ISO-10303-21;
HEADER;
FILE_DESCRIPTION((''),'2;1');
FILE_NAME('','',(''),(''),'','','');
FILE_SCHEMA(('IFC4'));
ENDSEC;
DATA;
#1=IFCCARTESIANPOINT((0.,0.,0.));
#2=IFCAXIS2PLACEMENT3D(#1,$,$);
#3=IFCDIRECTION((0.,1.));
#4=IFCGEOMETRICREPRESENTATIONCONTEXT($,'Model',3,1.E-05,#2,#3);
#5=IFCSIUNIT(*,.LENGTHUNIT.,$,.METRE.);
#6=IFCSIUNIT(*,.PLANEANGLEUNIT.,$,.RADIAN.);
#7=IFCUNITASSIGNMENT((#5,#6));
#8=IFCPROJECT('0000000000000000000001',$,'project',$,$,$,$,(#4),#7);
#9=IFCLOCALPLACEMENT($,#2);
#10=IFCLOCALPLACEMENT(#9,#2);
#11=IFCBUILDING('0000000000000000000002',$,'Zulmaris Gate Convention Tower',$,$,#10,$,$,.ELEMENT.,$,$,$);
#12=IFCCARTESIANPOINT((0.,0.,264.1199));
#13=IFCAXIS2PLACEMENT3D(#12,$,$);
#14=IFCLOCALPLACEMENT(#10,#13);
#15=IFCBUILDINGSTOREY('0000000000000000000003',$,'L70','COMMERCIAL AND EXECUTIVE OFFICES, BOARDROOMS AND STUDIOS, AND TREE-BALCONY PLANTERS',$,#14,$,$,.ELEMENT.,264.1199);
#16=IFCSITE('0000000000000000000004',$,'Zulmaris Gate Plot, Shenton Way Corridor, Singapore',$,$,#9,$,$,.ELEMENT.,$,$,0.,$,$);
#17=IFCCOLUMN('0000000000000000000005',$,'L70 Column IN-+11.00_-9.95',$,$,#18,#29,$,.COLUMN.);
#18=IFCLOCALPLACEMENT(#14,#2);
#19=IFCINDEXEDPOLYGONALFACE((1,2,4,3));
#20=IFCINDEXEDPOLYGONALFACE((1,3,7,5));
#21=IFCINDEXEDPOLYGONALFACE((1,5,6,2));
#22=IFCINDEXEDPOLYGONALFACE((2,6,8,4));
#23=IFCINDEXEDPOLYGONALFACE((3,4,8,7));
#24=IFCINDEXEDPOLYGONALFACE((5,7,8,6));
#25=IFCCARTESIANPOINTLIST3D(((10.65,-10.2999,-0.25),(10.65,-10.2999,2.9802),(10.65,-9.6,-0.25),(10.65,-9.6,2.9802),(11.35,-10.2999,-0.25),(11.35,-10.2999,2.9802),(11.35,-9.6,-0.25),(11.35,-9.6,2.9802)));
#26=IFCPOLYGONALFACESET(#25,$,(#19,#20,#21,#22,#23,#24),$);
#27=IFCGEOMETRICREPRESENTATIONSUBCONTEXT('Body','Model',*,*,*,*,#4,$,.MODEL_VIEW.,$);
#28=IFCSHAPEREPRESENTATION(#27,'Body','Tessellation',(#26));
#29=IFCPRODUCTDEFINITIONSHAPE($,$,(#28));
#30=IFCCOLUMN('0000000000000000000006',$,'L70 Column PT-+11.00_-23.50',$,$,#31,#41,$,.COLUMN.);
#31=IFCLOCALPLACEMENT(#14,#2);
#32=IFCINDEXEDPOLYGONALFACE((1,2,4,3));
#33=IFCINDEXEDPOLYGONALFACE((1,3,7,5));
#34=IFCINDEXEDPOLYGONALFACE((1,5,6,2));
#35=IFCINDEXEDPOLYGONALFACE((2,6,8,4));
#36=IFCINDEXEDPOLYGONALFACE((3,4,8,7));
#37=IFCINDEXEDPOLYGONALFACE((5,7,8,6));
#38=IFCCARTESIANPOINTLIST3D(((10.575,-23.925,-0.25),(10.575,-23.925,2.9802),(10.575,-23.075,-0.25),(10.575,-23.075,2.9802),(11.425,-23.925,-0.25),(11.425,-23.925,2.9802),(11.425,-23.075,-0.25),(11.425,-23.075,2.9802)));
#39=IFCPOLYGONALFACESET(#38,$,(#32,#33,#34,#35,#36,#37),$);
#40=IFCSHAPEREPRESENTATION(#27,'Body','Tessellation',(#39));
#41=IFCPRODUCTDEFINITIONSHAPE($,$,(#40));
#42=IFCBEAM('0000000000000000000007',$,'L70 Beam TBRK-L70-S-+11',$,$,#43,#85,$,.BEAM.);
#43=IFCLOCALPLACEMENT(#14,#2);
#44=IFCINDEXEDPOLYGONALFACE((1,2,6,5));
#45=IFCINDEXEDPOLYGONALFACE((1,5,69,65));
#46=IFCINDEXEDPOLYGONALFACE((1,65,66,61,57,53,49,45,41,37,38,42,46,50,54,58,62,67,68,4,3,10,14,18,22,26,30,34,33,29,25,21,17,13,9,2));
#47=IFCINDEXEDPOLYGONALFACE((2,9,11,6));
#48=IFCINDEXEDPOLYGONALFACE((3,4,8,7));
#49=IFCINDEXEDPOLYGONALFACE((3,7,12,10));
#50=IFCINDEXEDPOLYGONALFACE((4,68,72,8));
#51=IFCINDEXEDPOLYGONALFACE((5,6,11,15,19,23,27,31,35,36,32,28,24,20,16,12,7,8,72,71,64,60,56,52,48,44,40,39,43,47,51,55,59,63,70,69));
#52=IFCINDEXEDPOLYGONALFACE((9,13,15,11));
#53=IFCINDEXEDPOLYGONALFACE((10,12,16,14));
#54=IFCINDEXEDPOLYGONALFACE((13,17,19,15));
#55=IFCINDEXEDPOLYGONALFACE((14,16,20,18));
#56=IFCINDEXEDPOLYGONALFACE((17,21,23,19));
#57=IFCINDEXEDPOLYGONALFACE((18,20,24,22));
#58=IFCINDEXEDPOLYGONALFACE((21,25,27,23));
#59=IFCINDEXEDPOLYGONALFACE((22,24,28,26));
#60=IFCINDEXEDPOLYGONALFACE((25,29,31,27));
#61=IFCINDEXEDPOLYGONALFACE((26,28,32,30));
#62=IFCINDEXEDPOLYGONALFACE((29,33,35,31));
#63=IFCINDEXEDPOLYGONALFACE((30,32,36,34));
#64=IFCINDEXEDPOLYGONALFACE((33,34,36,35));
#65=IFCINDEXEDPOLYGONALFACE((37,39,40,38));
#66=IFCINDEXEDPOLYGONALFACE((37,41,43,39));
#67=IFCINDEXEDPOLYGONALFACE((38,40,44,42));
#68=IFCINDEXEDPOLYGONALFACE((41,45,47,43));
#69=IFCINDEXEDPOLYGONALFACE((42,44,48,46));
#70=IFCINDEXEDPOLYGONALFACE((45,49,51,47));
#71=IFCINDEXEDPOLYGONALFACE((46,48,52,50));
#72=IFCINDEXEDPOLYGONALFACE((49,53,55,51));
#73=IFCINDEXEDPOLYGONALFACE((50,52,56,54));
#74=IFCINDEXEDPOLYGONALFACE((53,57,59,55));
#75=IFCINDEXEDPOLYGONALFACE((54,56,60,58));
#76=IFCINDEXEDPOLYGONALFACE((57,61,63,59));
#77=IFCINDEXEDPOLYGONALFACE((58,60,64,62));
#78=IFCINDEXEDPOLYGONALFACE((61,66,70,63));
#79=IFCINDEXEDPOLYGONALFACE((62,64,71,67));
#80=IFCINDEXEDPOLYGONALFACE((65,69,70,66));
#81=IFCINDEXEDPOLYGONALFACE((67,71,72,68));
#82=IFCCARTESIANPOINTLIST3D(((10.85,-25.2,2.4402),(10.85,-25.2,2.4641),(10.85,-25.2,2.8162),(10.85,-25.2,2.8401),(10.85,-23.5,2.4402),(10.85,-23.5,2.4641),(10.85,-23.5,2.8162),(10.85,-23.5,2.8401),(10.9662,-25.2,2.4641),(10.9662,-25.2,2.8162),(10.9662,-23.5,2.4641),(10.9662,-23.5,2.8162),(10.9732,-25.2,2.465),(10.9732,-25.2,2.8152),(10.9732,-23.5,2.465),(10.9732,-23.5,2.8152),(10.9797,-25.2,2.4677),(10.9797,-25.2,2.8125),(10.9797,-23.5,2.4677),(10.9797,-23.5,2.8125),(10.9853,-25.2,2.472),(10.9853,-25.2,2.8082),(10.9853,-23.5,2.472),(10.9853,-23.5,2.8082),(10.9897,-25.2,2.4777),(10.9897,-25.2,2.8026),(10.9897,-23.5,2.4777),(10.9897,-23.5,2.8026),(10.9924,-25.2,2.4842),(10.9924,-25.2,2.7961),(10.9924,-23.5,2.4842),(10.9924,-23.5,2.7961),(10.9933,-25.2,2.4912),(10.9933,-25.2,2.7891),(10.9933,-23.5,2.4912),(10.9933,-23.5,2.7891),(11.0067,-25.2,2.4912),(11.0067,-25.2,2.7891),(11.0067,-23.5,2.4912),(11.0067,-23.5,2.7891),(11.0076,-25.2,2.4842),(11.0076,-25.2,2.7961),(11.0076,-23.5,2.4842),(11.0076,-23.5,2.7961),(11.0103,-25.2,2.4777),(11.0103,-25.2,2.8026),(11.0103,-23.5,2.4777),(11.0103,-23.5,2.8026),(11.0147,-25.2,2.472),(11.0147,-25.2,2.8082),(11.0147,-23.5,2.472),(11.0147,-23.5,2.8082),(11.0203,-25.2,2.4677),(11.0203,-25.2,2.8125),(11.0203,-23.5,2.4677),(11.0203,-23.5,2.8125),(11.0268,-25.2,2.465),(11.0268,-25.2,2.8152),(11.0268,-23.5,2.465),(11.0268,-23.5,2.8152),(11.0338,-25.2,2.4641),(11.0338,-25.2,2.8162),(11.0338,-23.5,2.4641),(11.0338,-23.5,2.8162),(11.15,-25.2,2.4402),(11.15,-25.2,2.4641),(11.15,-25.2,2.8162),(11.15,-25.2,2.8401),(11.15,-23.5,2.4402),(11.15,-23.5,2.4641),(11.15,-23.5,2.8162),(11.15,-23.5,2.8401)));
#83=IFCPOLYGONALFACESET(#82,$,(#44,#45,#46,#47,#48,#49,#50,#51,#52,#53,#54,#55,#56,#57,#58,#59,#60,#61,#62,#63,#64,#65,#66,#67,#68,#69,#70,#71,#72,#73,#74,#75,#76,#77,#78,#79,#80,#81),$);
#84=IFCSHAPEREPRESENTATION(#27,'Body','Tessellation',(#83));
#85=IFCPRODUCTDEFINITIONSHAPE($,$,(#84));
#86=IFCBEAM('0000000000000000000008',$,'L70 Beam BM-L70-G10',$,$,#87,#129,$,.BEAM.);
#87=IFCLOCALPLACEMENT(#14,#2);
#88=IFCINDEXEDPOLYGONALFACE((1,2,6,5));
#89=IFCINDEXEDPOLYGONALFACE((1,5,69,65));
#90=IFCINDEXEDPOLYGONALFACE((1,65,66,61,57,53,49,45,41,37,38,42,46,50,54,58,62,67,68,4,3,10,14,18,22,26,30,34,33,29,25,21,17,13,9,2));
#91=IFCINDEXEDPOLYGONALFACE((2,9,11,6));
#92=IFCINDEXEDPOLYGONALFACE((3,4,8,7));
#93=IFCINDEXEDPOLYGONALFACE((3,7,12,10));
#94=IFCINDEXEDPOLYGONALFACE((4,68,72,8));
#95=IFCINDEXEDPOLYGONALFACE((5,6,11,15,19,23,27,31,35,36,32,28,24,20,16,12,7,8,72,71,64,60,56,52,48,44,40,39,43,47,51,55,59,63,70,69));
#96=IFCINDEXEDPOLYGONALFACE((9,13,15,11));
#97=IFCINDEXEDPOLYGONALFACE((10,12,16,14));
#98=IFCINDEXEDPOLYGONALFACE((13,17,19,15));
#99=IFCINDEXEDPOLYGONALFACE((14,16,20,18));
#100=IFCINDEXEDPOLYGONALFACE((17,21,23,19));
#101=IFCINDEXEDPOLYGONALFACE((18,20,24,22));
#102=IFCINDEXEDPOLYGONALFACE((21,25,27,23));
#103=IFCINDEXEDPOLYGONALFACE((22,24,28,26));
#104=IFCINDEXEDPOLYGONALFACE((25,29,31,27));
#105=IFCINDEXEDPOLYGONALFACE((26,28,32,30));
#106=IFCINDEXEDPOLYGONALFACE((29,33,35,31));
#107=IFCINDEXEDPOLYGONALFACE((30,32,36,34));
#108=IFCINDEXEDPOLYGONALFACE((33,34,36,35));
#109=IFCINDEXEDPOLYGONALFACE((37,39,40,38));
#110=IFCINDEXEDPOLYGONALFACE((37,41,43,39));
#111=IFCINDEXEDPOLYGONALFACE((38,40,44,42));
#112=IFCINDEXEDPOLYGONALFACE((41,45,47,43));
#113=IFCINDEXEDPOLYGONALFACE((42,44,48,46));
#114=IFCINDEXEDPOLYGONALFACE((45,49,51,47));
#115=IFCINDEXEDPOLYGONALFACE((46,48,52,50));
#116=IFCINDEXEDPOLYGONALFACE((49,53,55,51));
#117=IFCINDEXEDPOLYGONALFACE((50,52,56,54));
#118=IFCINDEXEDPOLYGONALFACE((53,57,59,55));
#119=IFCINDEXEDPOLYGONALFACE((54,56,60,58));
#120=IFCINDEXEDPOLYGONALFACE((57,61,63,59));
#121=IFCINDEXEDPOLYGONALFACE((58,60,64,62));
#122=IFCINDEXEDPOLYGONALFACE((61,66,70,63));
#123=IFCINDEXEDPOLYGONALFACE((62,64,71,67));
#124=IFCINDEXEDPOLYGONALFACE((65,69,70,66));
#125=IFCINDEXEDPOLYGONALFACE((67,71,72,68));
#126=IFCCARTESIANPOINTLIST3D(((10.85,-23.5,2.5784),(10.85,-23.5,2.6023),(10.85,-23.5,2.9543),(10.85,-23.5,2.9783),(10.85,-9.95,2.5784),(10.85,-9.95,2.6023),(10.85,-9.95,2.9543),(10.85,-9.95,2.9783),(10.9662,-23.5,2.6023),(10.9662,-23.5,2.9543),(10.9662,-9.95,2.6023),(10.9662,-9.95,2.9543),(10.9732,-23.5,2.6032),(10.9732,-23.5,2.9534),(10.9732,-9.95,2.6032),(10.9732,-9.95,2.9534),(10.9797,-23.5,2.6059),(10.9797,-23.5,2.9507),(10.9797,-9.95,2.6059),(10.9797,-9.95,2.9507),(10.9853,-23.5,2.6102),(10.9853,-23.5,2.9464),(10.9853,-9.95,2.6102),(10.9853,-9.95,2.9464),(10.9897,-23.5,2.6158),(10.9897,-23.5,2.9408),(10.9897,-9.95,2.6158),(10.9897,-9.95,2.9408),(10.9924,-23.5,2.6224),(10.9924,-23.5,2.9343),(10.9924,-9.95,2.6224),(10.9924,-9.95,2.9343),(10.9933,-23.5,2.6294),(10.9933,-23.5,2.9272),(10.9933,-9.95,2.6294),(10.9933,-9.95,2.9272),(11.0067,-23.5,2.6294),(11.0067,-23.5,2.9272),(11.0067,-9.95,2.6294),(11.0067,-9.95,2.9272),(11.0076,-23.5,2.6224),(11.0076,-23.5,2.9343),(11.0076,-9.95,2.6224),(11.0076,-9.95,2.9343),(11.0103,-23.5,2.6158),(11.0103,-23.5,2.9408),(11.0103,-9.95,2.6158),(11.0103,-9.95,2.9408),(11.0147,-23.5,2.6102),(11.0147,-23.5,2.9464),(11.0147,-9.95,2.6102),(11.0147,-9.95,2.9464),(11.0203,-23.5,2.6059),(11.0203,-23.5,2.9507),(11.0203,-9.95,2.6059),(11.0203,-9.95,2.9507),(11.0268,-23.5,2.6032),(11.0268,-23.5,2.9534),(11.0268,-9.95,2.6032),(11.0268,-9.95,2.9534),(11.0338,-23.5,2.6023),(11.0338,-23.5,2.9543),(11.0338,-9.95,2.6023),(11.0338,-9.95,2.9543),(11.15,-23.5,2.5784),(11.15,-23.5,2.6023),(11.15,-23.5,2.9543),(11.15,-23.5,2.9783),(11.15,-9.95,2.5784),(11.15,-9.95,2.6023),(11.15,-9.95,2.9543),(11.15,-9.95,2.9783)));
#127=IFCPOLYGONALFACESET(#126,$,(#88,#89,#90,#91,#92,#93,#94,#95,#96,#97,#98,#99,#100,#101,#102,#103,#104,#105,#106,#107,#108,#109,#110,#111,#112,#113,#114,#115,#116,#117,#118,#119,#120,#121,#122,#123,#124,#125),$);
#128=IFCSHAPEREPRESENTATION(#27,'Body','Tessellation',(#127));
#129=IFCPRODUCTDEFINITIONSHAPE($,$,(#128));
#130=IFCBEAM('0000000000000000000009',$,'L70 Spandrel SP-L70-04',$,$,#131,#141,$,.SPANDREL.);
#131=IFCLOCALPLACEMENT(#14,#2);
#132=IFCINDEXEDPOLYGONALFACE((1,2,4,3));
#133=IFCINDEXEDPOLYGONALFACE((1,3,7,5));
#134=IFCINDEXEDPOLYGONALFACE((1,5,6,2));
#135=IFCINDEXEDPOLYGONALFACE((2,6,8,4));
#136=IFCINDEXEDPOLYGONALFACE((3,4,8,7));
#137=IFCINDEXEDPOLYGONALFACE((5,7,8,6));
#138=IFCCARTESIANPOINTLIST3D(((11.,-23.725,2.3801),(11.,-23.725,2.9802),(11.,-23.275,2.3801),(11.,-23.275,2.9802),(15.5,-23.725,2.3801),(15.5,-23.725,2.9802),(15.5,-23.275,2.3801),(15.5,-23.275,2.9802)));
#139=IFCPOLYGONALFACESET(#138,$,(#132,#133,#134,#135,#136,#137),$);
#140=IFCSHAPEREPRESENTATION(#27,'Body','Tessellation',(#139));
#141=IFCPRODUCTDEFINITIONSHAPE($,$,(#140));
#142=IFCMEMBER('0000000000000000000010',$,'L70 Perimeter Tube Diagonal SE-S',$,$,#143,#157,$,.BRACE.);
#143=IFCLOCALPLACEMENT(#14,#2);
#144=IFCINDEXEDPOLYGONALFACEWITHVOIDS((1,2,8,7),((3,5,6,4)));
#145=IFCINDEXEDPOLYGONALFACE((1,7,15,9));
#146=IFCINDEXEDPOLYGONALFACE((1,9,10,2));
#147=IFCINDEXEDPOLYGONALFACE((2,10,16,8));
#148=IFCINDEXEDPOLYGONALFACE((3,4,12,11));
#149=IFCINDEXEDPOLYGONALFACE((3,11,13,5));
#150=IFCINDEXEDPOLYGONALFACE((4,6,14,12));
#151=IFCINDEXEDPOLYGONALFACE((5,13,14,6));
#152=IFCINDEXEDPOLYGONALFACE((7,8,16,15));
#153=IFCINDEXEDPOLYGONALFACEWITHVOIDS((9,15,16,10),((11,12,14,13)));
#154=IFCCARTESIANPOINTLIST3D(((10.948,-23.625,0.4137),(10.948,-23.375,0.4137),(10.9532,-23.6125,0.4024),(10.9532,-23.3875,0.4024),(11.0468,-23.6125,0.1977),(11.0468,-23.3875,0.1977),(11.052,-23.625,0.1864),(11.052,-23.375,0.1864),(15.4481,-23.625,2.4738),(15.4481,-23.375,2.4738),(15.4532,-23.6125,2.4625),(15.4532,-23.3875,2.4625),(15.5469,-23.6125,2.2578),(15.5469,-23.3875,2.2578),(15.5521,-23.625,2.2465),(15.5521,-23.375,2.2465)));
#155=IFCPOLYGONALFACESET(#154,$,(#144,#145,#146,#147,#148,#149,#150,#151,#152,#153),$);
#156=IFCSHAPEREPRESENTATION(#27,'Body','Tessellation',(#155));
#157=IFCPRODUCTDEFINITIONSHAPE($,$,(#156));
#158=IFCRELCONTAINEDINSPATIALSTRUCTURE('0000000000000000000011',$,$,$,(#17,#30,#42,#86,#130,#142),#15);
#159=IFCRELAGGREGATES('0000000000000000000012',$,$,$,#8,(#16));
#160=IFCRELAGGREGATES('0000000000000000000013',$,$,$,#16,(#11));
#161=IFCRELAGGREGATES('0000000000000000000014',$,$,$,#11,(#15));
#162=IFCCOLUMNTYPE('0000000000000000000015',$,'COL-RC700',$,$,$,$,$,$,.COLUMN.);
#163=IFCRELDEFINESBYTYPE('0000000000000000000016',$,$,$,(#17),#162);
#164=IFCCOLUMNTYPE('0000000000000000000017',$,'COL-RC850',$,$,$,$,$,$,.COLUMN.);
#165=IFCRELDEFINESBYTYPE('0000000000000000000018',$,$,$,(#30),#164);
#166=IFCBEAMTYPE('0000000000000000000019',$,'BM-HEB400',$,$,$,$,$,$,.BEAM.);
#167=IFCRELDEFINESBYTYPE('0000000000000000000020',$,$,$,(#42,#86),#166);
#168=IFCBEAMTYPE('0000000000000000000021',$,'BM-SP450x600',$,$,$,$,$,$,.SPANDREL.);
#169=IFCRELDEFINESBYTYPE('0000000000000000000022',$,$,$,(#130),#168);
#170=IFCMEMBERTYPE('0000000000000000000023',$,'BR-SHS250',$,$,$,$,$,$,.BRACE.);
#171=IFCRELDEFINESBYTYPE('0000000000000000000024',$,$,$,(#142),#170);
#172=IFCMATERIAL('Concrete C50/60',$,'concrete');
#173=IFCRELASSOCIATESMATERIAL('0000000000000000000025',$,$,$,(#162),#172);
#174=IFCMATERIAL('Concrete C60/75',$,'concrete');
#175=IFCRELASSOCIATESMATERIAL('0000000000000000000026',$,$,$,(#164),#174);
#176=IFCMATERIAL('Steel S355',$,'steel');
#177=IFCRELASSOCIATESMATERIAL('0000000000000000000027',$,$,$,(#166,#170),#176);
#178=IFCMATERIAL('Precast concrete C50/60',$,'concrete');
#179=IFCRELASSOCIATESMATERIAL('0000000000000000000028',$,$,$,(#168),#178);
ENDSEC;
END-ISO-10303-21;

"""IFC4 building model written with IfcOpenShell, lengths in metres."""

from ifc_helpers import new_model, si_unit, direction, frame, origin, origin_2d, place, context, subcontext, project, spatial, rectangle, hollow_rectangle, i_section, extrude, material, material_profile, profile_set, type_object, element, save


model = new_model("IFC4")

# Units and contexts
model_context = context("Model", 3, precision=1e-05, world=origin(), true_north=direction((0.0, 1.0)))
body_context = subcontext(model_context, "Body", "Model", "MODEL_VIEW")
ifc_project = project(units=[si_unit("LENGTHUNIT", "METRE"), si_unit("PLANEANGLEUNIT", "RADIAN")], contexts=[model_context])

# Site, building, storey
site_placement = place(None, origin())
site = spatial("IfcSite", under=ifc_project, at=site_placement, Name="Zulmaris Gate Plot, Shenton Way Corridor, Singapore", CompositionType="ELEMENT", RefElevation=0.0)
building_placement = place(site_placement, origin())
building = spatial("IfcBuilding", under=site, at=building_placement, Name="Zulmaris Gate Convention Tower", CompositionType="ELEMENT")
storey_placement = place(building_placement, frame((0.0, 0.0, 264.1199)))
storey = spatial("IfcBuildingStorey", under=building, at=storey_placement, Name="L70", Description="COMMERCIAL AND EXECUTIVE OFFICES, BOARDROOMS AND STUDIOS, AND TREE-BALCONY PLANTERS", CompositionType="ELEMENT", Elevation=264.1199)

# Columns
ifc_material_1 = material(Name="Concrete C50/60", Category="concrete")
ifc_material_profile_1 = material_profile(ifc_material_1, rectangle(XDim=0.7, YDim=0.7, at=origin_2d()), Name="RC COL 700x700")
ifc_profile_set_1 = profile_set([ifc_material_profile_1], Name="Concrete C50/60")
column_type_1 = type_object("IfcColumnType", Name="COL-RC700", PredefinedType="COLUMN", material=ifc_profile_set_1)
column_1_placement = place(storey_placement, frame((11.0, -9.95, -0.25), z_axis=(0.0, 0.0, 1.0), x_axis=(1.0, 0.0, 0.0)))
element("IfcColumn", 1, at=column_1_placement, inside=storey, type_object=column_type_1, Name="L70 Column IN-+11.00_-9.95", PredefinedType="COLUMN", context=body_context, shape_type="SweptSolid", body=[
    extrude(rectangle(XDim=0.7, YDim=0.7, at=origin_2d()), origin(), (0.0, 0.0, 1.0), 3.2302),
])
ifc_material_2 = material(Name="Concrete C60/75", Category="concrete")
ifc_material_profile_2 = material_profile(ifc_material_2, rectangle(XDim=0.8501, YDim=0.8501, at=origin_2d()), Name="RC COL 850x850")
ifc_profile_set_2 = profile_set([ifc_material_profile_2], Name="Concrete C60/75")
column_type_2 = type_object("IfcColumnType", Name="COL-RC850", PredefinedType="COLUMN", material=ifc_profile_set_2)
column_2_placement = place(storey_placement, frame((11.0, -23.5, -0.25), z_axis=(0.0, 0.0, 1.0), x_axis=(1.0, 0.0, 0.0)))
element("IfcColumn", 2, at=column_2_placement, inside=storey, type_object=column_type_2, Name="L70 Column PT-+11.00_-23.50", PredefinedType="COLUMN", context=body_context, shape_type="SweptSolid", body=[
    extrude(rectangle(XDim=0.8501, YDim=0.8501, at=origin_2d()), origin(), (0.0, 0.0, 1.0), 3.2302),
])

# Beams
ifc_material_3 = material(Name="Steel S355", Category="steel")
ifc_material_profile_3 = material_profile(ifc_material_3, i_section(OverallWidth=0.3, OverallDepth=0.3999, WebThickness=0.0134, FlangeThickness=0.0239, FilletRadius=0.0271, at=origin_2d()), Name="HEB 400")
ifc_profile_set_3 = profile_set([ifc_material_profile_3], Name="Steel S355")
beam_type_1 = type_object("IfcBeamType", Name="BM-HEB400", PredefinedType="BEAM", material=ifc_profile_set_3)
beam_1_placement = place(storey_placement, frame((11.0, -25.2, 2.6401), z_axis=(0.0, 1.0, 0.0), x_axis=(-1.0, 0.0, 0.0)))
element("IfcBeam", 3, at=beam_1_placement, inside=storey, type_object=beam_type_1, Name="L70 Beam TBRK-L70-S-+11", PredefinedType="BEAM", context=body_context, shape_type="SweptSolid", body=[
    extrude(i_section(OverallWidth=0.3, OverallDepth=0.3999, WebThickness=0.0134, FlangeThickness=0.0239, FilletRadius=0.0271, at=origin_2d()), origin(), (0.0, 0.0, 1.0), 1.7),
])
beam_2_placement = place(storey_placement, frame((11.0, -23.5, 2.7783), z_axis=(0.0, 1.0, 0.0), x_axis=(-1.0, 0.0, 0.0)))
element("IfcBeam", 4, at=beam_2_placement, inside=storey, type_object=beam_type_1, Name="L70 Beam BM-L70-G10", PredefinedType="BEAM", context=body_context, shape_type="SweptSolid", body=[
    extrude(i_section(OverallWidth=0.3, OverallDepth=0.3999, WebThickness=0.0134, FlangeThickness=0.0239, FilletRadius=0.0271, at=origin_2d()), origin(), (0.0, 0.0, 1.0), 13.55),
])
ifc_material_4 = material(Name="Precast concrete C50/60", Category="concrete")
ifc_material_profile_4 = material_profile(ifc_material_4, rectangle(XDim=0.45, YDim=0.6001, at=origin_2d()), Name="RC SPANDREL 450x600")
ifc_profile_set_4 = profile_set([ifc_material_profile_4], Name="Precast concrete C50/60")
beam_type_2 = type_object("IfcBeamType", Name="BM-SP450x600", PredefinedType="SPANDREL", material=ifc_profile_set_4)
beam_3_placement = place(storey_placement, frame((11.0, -23.5, 2.6802), z_axis=(1.0, 0.0, 0.0), x_axis=(0.0, 1.0, 0.0)))
element("IfcBeam", 5, at=beam_3_placement, inside=storey, type_object=beam_type_2, Name="L70 Spandrel SP-L70-04", PredefinedType="SPANDREL", context=body_context, shape_type="SweptSolid", body=[
    extrude(rectangle(XDim=0.45, YDim=0.6001, at=origin_2d()), origin(), (0.0, 0.0, 1.0), 4.5),
])

# Member
ifc_material_profile_5 = material_profile(ifc_material_3, hollow_rectangle(XDim=0.25, YDim=0.25, WallThickness=0.0125, at=origin_2d()), Name="SHS 250x250x12.5")
ifc_profile_set_5 = profile_set([ifc_material_profile_5], Name="Steel S355")
member_type = type_object("IfcMemberType", Name="BR-SHS250", PredefinedType="BRACE", material=ifc_profile_set_5)
member_placement = place(storey_placement, frame((11.0, -23.5, 0.3), z_axis=(0.909252, 0.0, 0.416247), x_axis=(0.0, 1.0, 0.0)))
element("IfcMember", 6, at=member_placement, inside=storey, type_object=member_type, Name="L70 Perimeter Tube Diagonal SE-S", PredefinedType="BRACE", context=body_context, shape_type="SweptSolid", body=[
    extrude(hollow_rectangle(XDim=0.25, YDim=0.25, WallThickness=0.0125, at=origin_2d()), origin(), (0.0, 0.0, 1.0), 4.9492),
])

save(model, "model.ifc")
